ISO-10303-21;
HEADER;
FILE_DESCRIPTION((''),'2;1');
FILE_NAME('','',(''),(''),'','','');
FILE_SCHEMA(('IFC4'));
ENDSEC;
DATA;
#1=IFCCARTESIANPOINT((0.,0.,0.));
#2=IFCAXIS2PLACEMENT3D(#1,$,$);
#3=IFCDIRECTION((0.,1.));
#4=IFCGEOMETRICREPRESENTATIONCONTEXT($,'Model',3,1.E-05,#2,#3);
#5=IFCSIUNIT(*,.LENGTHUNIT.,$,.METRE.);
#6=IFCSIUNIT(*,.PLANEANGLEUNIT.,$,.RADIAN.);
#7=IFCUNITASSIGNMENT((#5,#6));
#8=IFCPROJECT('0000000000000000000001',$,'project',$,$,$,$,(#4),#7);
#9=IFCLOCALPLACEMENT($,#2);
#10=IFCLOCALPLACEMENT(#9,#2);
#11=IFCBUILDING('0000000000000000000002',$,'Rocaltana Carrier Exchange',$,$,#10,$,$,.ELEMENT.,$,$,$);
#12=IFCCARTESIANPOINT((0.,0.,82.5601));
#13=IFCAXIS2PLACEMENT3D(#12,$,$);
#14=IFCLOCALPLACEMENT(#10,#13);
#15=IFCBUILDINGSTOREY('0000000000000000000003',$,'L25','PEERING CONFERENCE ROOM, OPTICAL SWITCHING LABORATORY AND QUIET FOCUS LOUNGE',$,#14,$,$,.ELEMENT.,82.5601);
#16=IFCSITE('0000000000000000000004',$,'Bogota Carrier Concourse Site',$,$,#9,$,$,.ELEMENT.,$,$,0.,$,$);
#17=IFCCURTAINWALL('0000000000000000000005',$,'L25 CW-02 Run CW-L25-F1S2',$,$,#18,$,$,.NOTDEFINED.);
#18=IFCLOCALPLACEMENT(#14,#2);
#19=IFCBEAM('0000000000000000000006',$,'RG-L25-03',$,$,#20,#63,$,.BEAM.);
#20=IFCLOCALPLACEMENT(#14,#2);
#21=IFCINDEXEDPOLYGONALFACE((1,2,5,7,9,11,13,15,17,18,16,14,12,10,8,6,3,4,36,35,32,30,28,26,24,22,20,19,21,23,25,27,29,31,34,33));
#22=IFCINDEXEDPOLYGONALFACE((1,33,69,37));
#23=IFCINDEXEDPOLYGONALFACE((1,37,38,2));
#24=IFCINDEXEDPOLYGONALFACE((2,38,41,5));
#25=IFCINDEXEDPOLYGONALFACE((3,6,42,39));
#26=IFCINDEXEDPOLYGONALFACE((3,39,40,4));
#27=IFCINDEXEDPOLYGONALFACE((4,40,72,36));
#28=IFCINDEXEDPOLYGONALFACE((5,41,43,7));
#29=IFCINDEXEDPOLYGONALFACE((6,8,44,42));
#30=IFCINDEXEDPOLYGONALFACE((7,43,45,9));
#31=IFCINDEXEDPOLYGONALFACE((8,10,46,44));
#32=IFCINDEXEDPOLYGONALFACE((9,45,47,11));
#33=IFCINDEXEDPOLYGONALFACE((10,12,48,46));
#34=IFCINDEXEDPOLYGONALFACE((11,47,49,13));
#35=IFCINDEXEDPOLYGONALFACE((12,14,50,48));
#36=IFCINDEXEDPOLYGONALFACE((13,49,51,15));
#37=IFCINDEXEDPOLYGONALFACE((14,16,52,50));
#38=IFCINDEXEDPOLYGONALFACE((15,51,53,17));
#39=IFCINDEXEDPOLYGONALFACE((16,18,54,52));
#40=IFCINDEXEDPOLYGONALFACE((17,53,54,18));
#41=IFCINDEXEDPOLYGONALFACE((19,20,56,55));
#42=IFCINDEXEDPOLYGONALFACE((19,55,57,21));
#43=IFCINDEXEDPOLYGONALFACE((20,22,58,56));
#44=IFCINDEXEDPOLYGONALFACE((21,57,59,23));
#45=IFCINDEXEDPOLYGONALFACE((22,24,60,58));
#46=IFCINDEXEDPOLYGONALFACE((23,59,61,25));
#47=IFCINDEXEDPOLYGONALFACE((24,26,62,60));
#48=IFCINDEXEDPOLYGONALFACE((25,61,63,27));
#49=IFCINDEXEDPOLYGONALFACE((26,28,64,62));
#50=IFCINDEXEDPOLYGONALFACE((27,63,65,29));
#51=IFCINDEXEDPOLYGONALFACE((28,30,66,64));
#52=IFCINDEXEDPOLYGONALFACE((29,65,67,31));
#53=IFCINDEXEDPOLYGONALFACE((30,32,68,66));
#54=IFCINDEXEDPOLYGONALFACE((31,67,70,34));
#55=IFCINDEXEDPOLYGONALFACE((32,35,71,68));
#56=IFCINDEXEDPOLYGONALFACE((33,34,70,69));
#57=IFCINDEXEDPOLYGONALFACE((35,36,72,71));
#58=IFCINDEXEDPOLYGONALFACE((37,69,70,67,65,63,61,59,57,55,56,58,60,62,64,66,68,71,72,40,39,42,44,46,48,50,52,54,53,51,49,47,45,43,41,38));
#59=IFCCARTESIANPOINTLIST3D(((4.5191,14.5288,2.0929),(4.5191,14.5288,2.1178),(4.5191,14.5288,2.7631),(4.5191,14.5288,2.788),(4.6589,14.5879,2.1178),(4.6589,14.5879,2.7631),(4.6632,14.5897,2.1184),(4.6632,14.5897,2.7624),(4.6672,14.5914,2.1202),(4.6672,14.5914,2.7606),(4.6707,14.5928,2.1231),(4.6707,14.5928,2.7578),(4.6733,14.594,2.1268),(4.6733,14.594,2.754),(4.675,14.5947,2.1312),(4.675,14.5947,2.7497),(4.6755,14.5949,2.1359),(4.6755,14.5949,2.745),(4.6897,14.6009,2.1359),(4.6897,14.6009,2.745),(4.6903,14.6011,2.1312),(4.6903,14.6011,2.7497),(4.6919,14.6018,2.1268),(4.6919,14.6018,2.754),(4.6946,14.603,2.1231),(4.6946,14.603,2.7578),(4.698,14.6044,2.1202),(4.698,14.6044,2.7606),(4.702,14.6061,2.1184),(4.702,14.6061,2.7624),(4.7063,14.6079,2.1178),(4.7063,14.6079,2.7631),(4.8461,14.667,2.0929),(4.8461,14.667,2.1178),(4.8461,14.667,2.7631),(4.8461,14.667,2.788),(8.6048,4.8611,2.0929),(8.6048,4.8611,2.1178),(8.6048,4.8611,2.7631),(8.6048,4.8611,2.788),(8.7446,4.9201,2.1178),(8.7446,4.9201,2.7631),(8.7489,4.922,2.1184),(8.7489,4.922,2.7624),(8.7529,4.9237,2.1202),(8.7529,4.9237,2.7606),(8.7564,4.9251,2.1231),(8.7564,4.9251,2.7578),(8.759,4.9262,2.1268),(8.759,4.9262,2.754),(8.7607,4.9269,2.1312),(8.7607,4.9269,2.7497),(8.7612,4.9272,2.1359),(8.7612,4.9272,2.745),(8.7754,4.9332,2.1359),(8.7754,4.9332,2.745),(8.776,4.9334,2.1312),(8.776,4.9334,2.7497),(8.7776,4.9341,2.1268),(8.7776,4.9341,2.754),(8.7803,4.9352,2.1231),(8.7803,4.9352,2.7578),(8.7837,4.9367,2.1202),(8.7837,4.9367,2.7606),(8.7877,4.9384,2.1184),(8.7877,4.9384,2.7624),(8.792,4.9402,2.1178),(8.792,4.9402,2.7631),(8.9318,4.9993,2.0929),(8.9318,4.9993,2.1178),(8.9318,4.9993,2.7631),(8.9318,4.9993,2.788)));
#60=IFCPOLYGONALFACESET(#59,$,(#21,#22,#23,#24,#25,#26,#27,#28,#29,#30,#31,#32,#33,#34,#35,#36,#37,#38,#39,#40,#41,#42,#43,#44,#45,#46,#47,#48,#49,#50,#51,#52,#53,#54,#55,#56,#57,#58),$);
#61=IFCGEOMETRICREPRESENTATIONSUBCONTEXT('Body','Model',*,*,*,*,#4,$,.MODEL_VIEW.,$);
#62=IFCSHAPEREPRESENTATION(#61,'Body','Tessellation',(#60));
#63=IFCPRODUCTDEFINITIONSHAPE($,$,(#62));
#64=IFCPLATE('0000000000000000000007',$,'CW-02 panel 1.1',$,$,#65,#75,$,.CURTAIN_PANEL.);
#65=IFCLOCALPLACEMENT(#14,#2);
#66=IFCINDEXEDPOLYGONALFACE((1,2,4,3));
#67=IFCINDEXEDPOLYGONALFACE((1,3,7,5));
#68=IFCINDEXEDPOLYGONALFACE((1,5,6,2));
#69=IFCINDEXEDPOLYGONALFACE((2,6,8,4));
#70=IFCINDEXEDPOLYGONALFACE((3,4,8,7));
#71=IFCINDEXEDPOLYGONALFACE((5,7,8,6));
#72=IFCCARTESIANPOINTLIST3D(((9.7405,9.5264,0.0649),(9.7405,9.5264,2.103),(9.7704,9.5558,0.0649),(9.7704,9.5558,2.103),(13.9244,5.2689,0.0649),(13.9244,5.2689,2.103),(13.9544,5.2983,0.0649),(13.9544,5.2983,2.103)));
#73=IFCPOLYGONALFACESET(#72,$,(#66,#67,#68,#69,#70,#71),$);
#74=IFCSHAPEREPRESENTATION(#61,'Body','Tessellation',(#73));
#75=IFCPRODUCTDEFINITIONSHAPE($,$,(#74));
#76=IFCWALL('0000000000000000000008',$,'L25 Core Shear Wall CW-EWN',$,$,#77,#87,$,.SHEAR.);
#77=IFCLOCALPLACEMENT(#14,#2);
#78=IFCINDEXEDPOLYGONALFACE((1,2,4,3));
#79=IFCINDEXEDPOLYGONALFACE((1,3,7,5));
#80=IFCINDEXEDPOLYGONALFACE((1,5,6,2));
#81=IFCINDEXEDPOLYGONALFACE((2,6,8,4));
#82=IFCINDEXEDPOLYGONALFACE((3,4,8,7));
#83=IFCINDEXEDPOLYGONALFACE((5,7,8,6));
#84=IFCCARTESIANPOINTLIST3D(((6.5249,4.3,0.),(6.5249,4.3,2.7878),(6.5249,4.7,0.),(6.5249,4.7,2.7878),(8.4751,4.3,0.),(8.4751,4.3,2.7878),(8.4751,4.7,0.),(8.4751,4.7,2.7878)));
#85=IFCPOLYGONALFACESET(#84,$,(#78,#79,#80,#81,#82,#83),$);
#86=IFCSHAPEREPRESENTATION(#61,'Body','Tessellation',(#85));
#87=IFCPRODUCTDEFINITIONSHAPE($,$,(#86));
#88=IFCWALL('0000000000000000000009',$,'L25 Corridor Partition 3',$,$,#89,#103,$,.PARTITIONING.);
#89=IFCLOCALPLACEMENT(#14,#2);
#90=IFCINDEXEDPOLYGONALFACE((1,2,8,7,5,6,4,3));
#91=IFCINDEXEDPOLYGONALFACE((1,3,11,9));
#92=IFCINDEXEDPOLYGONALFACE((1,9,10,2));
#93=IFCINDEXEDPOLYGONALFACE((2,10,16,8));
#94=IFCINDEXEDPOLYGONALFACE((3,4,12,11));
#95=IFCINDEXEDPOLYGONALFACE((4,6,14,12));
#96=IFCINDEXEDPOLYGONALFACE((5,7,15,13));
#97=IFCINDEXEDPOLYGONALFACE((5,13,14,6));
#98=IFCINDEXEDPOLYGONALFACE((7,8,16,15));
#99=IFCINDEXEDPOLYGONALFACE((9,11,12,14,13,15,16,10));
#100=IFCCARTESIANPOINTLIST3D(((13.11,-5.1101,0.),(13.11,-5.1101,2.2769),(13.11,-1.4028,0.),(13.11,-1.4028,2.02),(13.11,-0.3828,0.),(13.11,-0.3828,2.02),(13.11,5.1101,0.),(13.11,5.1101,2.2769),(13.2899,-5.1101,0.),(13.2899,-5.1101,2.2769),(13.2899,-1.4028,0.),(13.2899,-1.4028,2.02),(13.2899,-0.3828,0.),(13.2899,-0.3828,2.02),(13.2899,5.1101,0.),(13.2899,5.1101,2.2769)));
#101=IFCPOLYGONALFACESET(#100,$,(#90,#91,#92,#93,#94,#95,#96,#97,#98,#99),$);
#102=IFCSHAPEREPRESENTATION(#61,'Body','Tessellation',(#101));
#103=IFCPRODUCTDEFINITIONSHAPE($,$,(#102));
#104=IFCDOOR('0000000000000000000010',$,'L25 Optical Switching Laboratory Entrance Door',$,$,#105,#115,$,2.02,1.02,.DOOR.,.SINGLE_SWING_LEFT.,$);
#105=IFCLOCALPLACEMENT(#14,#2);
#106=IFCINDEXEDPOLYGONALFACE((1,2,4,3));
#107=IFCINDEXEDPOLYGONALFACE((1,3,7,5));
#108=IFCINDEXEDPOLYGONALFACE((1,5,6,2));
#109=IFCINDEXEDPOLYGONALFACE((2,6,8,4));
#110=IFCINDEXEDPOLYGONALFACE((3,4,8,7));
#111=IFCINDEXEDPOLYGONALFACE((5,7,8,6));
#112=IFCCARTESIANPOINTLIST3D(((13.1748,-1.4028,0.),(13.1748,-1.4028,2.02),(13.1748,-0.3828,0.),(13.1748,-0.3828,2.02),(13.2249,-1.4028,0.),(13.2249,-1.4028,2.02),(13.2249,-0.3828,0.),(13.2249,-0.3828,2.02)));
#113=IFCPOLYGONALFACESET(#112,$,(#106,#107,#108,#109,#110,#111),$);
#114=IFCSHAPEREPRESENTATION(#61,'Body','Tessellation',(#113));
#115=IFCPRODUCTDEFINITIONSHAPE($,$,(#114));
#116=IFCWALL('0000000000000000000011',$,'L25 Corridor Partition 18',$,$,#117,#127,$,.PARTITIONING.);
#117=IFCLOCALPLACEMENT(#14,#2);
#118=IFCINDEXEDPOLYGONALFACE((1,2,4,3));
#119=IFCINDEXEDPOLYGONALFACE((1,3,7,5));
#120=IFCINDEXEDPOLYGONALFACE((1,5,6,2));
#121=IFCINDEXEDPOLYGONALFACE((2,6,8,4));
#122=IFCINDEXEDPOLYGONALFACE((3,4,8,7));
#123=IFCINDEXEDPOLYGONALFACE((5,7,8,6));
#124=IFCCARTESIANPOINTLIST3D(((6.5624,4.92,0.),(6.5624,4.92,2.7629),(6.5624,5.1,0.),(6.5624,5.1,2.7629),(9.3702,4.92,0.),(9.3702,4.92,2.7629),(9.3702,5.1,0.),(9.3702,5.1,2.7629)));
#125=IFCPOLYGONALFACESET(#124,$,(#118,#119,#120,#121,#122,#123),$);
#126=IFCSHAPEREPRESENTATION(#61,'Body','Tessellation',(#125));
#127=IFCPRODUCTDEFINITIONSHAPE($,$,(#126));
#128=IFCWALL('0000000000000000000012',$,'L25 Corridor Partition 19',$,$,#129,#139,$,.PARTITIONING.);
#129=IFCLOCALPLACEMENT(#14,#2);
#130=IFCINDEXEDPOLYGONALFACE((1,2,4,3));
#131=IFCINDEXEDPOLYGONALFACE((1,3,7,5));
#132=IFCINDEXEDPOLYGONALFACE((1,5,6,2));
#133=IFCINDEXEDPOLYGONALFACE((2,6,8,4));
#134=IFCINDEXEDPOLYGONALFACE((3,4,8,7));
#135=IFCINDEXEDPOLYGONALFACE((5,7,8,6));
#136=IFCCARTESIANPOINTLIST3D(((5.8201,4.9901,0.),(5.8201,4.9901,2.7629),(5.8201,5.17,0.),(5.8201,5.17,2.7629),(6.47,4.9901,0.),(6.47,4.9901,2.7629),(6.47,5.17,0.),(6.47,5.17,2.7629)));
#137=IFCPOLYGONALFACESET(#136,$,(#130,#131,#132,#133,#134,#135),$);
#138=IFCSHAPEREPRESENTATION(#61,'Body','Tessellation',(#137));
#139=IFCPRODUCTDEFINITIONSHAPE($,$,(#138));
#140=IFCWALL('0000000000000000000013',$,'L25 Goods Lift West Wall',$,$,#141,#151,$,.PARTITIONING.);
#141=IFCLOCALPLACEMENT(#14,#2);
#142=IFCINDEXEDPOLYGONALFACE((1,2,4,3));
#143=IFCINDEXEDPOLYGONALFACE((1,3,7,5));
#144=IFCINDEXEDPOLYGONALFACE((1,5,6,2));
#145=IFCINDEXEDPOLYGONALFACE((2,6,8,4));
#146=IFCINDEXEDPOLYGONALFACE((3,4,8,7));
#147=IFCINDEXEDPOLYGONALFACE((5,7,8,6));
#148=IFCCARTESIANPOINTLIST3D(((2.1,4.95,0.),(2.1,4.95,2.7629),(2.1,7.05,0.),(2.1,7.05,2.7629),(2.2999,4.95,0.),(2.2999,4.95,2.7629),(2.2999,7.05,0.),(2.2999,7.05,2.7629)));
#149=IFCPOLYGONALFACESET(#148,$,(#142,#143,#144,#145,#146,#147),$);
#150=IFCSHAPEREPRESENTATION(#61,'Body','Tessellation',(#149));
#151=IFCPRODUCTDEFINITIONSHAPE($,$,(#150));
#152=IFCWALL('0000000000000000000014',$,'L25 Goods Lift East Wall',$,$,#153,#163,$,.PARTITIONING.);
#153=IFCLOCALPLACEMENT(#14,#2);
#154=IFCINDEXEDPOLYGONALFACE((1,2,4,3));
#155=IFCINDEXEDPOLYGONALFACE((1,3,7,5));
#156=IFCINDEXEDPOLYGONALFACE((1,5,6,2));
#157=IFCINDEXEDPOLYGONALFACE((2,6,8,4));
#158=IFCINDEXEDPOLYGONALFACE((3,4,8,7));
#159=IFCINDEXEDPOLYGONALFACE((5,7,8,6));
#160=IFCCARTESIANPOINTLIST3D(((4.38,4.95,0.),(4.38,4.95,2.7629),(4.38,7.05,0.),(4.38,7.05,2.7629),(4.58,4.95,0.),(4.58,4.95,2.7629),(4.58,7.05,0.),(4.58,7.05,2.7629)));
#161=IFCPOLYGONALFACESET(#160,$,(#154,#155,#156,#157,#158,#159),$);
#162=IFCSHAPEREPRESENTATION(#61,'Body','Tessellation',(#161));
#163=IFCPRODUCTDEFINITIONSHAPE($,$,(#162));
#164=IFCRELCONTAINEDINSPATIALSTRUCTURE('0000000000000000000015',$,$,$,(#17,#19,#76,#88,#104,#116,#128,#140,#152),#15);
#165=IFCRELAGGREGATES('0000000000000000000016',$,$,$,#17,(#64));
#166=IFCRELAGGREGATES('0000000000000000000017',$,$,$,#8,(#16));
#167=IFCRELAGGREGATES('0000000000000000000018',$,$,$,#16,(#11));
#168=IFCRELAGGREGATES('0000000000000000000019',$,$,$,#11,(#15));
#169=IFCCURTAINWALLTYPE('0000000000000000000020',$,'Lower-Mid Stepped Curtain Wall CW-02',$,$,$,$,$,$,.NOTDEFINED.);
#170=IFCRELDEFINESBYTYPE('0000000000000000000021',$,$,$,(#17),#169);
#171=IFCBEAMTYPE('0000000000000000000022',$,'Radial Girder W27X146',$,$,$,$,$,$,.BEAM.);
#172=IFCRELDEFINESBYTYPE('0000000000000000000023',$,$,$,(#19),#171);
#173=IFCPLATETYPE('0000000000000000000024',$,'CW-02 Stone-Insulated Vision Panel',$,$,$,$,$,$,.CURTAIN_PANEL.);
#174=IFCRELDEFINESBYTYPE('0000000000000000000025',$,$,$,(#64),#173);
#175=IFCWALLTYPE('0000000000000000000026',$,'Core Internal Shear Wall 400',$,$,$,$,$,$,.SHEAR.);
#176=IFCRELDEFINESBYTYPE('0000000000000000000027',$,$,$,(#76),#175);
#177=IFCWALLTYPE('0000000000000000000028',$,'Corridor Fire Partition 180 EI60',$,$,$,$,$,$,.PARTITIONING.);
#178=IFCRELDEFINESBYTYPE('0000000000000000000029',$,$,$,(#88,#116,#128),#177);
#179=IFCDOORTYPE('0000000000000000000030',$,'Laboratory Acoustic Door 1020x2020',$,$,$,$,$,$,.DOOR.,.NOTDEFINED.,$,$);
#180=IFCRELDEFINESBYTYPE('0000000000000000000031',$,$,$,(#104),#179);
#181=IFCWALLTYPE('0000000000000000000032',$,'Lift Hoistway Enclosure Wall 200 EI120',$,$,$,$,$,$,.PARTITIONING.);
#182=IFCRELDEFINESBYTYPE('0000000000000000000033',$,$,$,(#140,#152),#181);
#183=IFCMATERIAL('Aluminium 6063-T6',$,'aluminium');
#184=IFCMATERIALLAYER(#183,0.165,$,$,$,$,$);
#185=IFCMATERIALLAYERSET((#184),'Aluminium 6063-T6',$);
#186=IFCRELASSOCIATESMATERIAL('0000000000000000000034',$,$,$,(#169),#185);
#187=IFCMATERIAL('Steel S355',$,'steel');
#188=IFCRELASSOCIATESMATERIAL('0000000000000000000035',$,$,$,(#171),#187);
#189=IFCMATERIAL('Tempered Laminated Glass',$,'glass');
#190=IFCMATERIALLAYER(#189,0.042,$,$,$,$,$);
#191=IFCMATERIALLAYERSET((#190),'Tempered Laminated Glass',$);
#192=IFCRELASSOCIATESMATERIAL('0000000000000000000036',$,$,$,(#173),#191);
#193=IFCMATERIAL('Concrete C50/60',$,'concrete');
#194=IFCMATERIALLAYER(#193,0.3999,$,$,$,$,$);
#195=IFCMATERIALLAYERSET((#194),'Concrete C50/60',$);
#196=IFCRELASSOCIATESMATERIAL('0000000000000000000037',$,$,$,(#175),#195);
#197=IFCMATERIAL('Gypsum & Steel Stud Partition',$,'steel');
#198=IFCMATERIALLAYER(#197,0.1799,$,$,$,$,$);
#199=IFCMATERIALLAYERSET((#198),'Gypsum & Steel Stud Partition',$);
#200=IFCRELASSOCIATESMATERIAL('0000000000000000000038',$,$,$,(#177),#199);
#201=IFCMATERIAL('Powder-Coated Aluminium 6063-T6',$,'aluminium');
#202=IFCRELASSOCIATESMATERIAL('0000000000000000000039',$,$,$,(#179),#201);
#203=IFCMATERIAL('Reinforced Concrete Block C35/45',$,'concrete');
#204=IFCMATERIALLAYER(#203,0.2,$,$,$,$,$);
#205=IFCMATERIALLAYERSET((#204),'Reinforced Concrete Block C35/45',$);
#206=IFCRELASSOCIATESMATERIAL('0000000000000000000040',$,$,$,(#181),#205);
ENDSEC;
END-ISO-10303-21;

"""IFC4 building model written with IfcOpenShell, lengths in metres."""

from ifc_helpers import new_model, si_unit, direction, frame, frame_2d, origin, origin_2d, place, context, subcontext, project, spatial, rectangle, i_section, extrude, material, layer, layer_set, material_profile, profile_set, type_object, element, fill, aggregate, save


model = new_model("IFC4")

# Units and contexts
model_context = context("Model", 3, precision=1e-05, world=origin(), true_north=direction((0.0, 1.0)))
body_context = subcontext(model_context, "Body", "Model", "MODEL_VIEW")
ifc_project = project(units=[si_unit("LENGTHUNIT", "METRE"), si_unit("PLANEANGLEUNIT", "RADIAN")], contexts=[model_context])

# Site, building, storey
site_placement = place(None, origin())
site = spatial("IfcSite", under=ifc_project, at=site_placement, Name="Bogota Carrier Concourse Site", CompositionType="ELEMENT", RefElevation=0.0)
building_placement = place(site_placement, origin())
building = spatial("IfcBuilding", under=site, at=building_placement, Name="Rocaltana Carrier Exchange", CompositionType="ELEMENT")
storey_placement = place(building_placement, frame((0.0, 0.0, 82.5601)))
storey = spatial("IfcBuildingStorey", under=building, at=storey_placement, Name="L25", Description="PEERING CONFERENCE ROOM, OPTICAL SWITCHING LABORATORY AND QUIET FOCUS LOUNGE", CompositionType="ELEMENT", Elevation=82.5601)

# Curtain wall
ifc_material_1 = material(Name="Aluminium 6063-T6", Category="aluminium")
ifc_layer_1 = layer(ifc_material_1, 0.165)
ifc_layer_set_1 = layer_set([ifc_layer_1], Name="Aluminium 6063-T6")
curtain_wall_type = type_object("IfcCurtainWallType", Name="Lower-Mid Stepped Curtain Wall CW-02", PredefinedType="NOTDEFINED", material=ifc_layer_set_1)
curtain_wall_placement = place(storey_placement, origin())
curtain_wall = element("IfcCurtainWall", 1, at=curtain_wall_placement, inside=storey, type_object=curtain_wall_type, Name="L25 CW-02 Run CW-L25-F1S2", PredefinedType="NOTDEFINED")

# Beam
ifc_material_2 = material(Name="Steel S355", Category="steel")
ifc_material_profile_1 = material_profile(ifc_material_2, i_section(OverallWidth=0.355, OverallDepth=0.6951, WebThickness=0.0154, FlangeThickness=0.0249, FilletRadius=0.0181, at=origin_2d()), Name="W27X146")
ifc_profile_set_1 = profile_set([ifc_material_profile_1], Name="Steel S355")
beam_type_1 = type_object("IfcBeamType", Name="Radial Girder W27X146", PredefinedType="BEAM", material=ifc_profile_set_1)
beam_1_placement = place(storey_placement, frame((8.7683, 4.9302, 2.4404), z_axis=(-0.389276, 0.921121, 0.0), x_axis=(-0.921121, -0.389276, 0.0)))
element("IfcBeam", 2, at=beam_1_placement, inside=storey, type_object=beam_type_1, Name="RG-L25-03", PredefinedType="BEAM", context=body_context, shape_type="SweptSolid", body=[
    extrude(i_section(OverallWidth=0.355, OverallDepth=0.6951, WebThickness=0.0154, FlangeThickness=0.0249, FilletRadius=0.0181, at=origin_2d()), origin(), (0.0, 0.0, 1.0), 10.4956),
])

# Plate
ifc_material_3 = material(Name="Tempered Laminated Glass", Category="glass")
ifc_layer_2 = layer(ifc_material_3, 0.042)
ifc_layer_set_2 = layer_set([ifc_layer_2], Name="Tempered Laminated Glass")
plate_type = type_object("IfcPlateType", Name="CW-02 Stone-Insulated Vision Panel", PredefinedType="CURTAIN_PANEL", material=ifc_layer_set_2)
plate_placement = place(storey_placement, frame((11.8474, 7.4124, 0.0649), z_axis=(0.0, 0.0, 1.0), x_axis=(-0.700915, 0.713245, 0.0)))
plate = element("IfcPlate", 3, at=plate_placement, type_object=plate_type, Name="CW-02 panel 1.1", PredefinedType="CURTAIN_PANEL", context=body_context, shape_type="SweptSolid", body=[
    extrude(rectangle(XDim=5.9692, YDim=0.042, at=origin_2d()), origin(), (0.0, 0.0, 1.0), 2.0381),
])
aggregate(curtain_wall, [plate])

# Wall
ifc_material_4 = material(Name="Concrete C50/60", Category="concrete")
ifc_layer_3 = layer(ifc_material_4, 0.3999)
ifc_layer_set_3 = layer_set([ifc_layer_3], Name="Concrete C50/60")
wall_type_1 = type_object("IfcWallType", Name="Core Internal Shear Wall 400", PredefinedType="SHEAR", material=ifc_layer_set_3)
wall_1_placement = place(storey_placement, frame((6.5249, 4.5, 0.0), z_axis=(0.0, 0.0, 1.0), x_axis=(1.0, 0.0, 0.0)))
element("IfcWall", 4, at=wall_1_placement, inside=storey, type_object=wall_type_1, Name="L25 Core Shear Wall CW-EWN", PredefinedType="SHEAR", context=body_context, shape_type="SweptSolid", body=[
    extrude(rectangle(XDim=1.9502, YDim=0.3999, at=frame_2d((0.9751, 0.0))), origin(), (0.0, 0.0, 1.0), 2.7878),
])

# Wall, opening, door
ifc_material_5 = material(Name="Gypsum & Steel Stud Partition", Category="steel")
ifc_layer_4 = layer(ifc_material_5, 0.1799)
ifc_layer_set_4 = layer_set([ifc_layer_4], Name="Gypsum & Steel Stud Partition")
wall_type_2 = type_object("IfcWallType", Name="Corridor Fire Partition 180 EI60", PredefinedType="PARTITIONING", material=ifc_layer_set_4)
wall_2_placement = place(storey_placement, frame((13.2, 5.1101, 0.0), z_axis=(0.0, 0.0, 1.0), x_axis=(0.0, -1.0, 0.0)))
wall_2 = element("IfcWall", 5, at=wall_2_placement, inside=storey, type_object=wall_type_2, Name="L25 Corridor Partition 3", PredefinedType="PARTITIONING", context=body_context, shape_type="SweptSolid", body=[
    extrude(rectangle(XDim=10.2202, YDim=0.1799, at=frame_2d((5.1101, 0.0))), origin(), (0.0, 0.0, 1.0), 2.2769),
])
opening_1_placement = place(wall_2_placement, frame((5.4929, 0.0, 0.0)))
opening_1 = element("IfcOpeningElement", 6, at=opening_1_placement, cuts=wall_2, PredefinedType="OPENING", context=body_context, shape_type="SweptSolid", body=[
    extrude(rectangle(XDim=1.02, YDim=2.02, at=frame_2d((0.51, 1.01))), frame((0.0, 0.0999, 0.0), z_axis=(0.0, -1.0, 0.0), x_axis=(1.0, 0.0, 0.0)), (0.0, 0.0, 1.0), 0.2),
])
ifc_material_6 = material(Name="Powder-Coated Aluminium 6063-T6", Category="aluminium")
door_type_1 = type_object("IfcDoorType", Name="Laboratory Acoustic Door 1020x2020", OperationType="NOTDEFINED", PredefinedType="DOOR", material=ifc_material_6)
door_1_placement = place(opening_1_placement, origin())
door_1 = element("IfcDoor", 7, at=door_1_placement, inside=storey, type_object=door_type_1, Name="L25 Optical Switching Laboratory Entrance Door", OperationType="SINGLE_SWING_LEFT", OverallHeight=2.02, OverallWidth=1.02, PredefinedType="DOOR", context=body_context, shape_type="SweptSolid", body=[
    extrude(rectangle(XDim=1.02, YDim=2.02, at=frame_2d((0.51, 1.01))), frame((0.0, 0.0249, 0.0), z_axis=(0.0, -1.0, 0.0), x_axis=(1.0, 0.0, 0.0)), (0.0, 0.0, 1.0), 0.05),
])
fill(opening_1, door_1)

# Walls
wall_3_placement = place(storey_placement, frame((9.3701, 5.01, 0.0), z_axis=(0.0, 0.0, 1.0), x_axis=(-1.0, 0.0, 0.0)))
element("IfcWall", 8, at=wall_3_placement, inside=storey, type_object=wall_type_2, Name="L25 Corridor Partition 18", PredefinedType="PARTITIONING", context=body_context, shape_type="SweptSolid", body=[
    extrude(rectangle(XDim=2.8079, YDim=0.1799, at=frame_2d((1.4038, 0.0))), origin(), (0.0, 0.0, 1.0), 2.7629),
])
wall_4_placement = place(storey_placement, frame((6.47, 5.0801, 0.0), z_axis=(0.0, 0.0, 1.0), x_axis=(-1.0, 0.0, 0.0)))
element("IfcWall", 9, at=wall_4_placement, inside=storey, type_object=wall_type_2, Name="L25 Corridor Partition 19", PredefinedType="PARTITIONING", context=body_context, shape_type="SweptSolid", body=[
    extrude(rectangle(XDim=0.6499, YDim=0.1799, at=frame_2d((0.325, 0.0))), origin(), (0.0, 0.0, 1.0), 2.7629),
])
ifc_material_7 = material(Name="Reinforced Concrete Block C35/45", Category="concrete")
ifc_layer_5 = layer(ifc_material_7, 0.2)
ifc_layer_set_5 = layer_set([ifc_layer_5], Name="Reinforced Concrete Block C35/45")
wall_type_3 = type_object("IfcWallType", Name="Lift Hoistway Enclosure Wall 200 EI120", PredefinedType="PARTITIONING", material=ifc_layer_set_5)
for number, where, z_axis, x_axis, name in (
    (10, (2.2, 4.95, 0.0), (0.0, 0.0, 1.0), (0.0, 1.0, 0.0), "L25 Goods Lift West Wall"),
    (11, (4.48, 4.95, 0.0), (0.0, 0.0, 1.0), (0.0, 1.0, 0.0), "L25 Goods Lift East Wall"),
):
    element("IfcWall", number, at=place(storey_placement, frame(where, z_axis=z_axis, x_axis=x_axis)), inside=storey, type_object=wall_type_3, Name=name, PredefinedType="PARTITIONING", context=body_context, shape_type="SweptSolid", body=[
        extrude(rectangle(XDim=2.1001, YDim=0.2, at=frame_2d((1.05, 0.0))), origin(), (0.0, 0.0, 1.0), 2.7629),
    ])

save(model, "model.ifc")
